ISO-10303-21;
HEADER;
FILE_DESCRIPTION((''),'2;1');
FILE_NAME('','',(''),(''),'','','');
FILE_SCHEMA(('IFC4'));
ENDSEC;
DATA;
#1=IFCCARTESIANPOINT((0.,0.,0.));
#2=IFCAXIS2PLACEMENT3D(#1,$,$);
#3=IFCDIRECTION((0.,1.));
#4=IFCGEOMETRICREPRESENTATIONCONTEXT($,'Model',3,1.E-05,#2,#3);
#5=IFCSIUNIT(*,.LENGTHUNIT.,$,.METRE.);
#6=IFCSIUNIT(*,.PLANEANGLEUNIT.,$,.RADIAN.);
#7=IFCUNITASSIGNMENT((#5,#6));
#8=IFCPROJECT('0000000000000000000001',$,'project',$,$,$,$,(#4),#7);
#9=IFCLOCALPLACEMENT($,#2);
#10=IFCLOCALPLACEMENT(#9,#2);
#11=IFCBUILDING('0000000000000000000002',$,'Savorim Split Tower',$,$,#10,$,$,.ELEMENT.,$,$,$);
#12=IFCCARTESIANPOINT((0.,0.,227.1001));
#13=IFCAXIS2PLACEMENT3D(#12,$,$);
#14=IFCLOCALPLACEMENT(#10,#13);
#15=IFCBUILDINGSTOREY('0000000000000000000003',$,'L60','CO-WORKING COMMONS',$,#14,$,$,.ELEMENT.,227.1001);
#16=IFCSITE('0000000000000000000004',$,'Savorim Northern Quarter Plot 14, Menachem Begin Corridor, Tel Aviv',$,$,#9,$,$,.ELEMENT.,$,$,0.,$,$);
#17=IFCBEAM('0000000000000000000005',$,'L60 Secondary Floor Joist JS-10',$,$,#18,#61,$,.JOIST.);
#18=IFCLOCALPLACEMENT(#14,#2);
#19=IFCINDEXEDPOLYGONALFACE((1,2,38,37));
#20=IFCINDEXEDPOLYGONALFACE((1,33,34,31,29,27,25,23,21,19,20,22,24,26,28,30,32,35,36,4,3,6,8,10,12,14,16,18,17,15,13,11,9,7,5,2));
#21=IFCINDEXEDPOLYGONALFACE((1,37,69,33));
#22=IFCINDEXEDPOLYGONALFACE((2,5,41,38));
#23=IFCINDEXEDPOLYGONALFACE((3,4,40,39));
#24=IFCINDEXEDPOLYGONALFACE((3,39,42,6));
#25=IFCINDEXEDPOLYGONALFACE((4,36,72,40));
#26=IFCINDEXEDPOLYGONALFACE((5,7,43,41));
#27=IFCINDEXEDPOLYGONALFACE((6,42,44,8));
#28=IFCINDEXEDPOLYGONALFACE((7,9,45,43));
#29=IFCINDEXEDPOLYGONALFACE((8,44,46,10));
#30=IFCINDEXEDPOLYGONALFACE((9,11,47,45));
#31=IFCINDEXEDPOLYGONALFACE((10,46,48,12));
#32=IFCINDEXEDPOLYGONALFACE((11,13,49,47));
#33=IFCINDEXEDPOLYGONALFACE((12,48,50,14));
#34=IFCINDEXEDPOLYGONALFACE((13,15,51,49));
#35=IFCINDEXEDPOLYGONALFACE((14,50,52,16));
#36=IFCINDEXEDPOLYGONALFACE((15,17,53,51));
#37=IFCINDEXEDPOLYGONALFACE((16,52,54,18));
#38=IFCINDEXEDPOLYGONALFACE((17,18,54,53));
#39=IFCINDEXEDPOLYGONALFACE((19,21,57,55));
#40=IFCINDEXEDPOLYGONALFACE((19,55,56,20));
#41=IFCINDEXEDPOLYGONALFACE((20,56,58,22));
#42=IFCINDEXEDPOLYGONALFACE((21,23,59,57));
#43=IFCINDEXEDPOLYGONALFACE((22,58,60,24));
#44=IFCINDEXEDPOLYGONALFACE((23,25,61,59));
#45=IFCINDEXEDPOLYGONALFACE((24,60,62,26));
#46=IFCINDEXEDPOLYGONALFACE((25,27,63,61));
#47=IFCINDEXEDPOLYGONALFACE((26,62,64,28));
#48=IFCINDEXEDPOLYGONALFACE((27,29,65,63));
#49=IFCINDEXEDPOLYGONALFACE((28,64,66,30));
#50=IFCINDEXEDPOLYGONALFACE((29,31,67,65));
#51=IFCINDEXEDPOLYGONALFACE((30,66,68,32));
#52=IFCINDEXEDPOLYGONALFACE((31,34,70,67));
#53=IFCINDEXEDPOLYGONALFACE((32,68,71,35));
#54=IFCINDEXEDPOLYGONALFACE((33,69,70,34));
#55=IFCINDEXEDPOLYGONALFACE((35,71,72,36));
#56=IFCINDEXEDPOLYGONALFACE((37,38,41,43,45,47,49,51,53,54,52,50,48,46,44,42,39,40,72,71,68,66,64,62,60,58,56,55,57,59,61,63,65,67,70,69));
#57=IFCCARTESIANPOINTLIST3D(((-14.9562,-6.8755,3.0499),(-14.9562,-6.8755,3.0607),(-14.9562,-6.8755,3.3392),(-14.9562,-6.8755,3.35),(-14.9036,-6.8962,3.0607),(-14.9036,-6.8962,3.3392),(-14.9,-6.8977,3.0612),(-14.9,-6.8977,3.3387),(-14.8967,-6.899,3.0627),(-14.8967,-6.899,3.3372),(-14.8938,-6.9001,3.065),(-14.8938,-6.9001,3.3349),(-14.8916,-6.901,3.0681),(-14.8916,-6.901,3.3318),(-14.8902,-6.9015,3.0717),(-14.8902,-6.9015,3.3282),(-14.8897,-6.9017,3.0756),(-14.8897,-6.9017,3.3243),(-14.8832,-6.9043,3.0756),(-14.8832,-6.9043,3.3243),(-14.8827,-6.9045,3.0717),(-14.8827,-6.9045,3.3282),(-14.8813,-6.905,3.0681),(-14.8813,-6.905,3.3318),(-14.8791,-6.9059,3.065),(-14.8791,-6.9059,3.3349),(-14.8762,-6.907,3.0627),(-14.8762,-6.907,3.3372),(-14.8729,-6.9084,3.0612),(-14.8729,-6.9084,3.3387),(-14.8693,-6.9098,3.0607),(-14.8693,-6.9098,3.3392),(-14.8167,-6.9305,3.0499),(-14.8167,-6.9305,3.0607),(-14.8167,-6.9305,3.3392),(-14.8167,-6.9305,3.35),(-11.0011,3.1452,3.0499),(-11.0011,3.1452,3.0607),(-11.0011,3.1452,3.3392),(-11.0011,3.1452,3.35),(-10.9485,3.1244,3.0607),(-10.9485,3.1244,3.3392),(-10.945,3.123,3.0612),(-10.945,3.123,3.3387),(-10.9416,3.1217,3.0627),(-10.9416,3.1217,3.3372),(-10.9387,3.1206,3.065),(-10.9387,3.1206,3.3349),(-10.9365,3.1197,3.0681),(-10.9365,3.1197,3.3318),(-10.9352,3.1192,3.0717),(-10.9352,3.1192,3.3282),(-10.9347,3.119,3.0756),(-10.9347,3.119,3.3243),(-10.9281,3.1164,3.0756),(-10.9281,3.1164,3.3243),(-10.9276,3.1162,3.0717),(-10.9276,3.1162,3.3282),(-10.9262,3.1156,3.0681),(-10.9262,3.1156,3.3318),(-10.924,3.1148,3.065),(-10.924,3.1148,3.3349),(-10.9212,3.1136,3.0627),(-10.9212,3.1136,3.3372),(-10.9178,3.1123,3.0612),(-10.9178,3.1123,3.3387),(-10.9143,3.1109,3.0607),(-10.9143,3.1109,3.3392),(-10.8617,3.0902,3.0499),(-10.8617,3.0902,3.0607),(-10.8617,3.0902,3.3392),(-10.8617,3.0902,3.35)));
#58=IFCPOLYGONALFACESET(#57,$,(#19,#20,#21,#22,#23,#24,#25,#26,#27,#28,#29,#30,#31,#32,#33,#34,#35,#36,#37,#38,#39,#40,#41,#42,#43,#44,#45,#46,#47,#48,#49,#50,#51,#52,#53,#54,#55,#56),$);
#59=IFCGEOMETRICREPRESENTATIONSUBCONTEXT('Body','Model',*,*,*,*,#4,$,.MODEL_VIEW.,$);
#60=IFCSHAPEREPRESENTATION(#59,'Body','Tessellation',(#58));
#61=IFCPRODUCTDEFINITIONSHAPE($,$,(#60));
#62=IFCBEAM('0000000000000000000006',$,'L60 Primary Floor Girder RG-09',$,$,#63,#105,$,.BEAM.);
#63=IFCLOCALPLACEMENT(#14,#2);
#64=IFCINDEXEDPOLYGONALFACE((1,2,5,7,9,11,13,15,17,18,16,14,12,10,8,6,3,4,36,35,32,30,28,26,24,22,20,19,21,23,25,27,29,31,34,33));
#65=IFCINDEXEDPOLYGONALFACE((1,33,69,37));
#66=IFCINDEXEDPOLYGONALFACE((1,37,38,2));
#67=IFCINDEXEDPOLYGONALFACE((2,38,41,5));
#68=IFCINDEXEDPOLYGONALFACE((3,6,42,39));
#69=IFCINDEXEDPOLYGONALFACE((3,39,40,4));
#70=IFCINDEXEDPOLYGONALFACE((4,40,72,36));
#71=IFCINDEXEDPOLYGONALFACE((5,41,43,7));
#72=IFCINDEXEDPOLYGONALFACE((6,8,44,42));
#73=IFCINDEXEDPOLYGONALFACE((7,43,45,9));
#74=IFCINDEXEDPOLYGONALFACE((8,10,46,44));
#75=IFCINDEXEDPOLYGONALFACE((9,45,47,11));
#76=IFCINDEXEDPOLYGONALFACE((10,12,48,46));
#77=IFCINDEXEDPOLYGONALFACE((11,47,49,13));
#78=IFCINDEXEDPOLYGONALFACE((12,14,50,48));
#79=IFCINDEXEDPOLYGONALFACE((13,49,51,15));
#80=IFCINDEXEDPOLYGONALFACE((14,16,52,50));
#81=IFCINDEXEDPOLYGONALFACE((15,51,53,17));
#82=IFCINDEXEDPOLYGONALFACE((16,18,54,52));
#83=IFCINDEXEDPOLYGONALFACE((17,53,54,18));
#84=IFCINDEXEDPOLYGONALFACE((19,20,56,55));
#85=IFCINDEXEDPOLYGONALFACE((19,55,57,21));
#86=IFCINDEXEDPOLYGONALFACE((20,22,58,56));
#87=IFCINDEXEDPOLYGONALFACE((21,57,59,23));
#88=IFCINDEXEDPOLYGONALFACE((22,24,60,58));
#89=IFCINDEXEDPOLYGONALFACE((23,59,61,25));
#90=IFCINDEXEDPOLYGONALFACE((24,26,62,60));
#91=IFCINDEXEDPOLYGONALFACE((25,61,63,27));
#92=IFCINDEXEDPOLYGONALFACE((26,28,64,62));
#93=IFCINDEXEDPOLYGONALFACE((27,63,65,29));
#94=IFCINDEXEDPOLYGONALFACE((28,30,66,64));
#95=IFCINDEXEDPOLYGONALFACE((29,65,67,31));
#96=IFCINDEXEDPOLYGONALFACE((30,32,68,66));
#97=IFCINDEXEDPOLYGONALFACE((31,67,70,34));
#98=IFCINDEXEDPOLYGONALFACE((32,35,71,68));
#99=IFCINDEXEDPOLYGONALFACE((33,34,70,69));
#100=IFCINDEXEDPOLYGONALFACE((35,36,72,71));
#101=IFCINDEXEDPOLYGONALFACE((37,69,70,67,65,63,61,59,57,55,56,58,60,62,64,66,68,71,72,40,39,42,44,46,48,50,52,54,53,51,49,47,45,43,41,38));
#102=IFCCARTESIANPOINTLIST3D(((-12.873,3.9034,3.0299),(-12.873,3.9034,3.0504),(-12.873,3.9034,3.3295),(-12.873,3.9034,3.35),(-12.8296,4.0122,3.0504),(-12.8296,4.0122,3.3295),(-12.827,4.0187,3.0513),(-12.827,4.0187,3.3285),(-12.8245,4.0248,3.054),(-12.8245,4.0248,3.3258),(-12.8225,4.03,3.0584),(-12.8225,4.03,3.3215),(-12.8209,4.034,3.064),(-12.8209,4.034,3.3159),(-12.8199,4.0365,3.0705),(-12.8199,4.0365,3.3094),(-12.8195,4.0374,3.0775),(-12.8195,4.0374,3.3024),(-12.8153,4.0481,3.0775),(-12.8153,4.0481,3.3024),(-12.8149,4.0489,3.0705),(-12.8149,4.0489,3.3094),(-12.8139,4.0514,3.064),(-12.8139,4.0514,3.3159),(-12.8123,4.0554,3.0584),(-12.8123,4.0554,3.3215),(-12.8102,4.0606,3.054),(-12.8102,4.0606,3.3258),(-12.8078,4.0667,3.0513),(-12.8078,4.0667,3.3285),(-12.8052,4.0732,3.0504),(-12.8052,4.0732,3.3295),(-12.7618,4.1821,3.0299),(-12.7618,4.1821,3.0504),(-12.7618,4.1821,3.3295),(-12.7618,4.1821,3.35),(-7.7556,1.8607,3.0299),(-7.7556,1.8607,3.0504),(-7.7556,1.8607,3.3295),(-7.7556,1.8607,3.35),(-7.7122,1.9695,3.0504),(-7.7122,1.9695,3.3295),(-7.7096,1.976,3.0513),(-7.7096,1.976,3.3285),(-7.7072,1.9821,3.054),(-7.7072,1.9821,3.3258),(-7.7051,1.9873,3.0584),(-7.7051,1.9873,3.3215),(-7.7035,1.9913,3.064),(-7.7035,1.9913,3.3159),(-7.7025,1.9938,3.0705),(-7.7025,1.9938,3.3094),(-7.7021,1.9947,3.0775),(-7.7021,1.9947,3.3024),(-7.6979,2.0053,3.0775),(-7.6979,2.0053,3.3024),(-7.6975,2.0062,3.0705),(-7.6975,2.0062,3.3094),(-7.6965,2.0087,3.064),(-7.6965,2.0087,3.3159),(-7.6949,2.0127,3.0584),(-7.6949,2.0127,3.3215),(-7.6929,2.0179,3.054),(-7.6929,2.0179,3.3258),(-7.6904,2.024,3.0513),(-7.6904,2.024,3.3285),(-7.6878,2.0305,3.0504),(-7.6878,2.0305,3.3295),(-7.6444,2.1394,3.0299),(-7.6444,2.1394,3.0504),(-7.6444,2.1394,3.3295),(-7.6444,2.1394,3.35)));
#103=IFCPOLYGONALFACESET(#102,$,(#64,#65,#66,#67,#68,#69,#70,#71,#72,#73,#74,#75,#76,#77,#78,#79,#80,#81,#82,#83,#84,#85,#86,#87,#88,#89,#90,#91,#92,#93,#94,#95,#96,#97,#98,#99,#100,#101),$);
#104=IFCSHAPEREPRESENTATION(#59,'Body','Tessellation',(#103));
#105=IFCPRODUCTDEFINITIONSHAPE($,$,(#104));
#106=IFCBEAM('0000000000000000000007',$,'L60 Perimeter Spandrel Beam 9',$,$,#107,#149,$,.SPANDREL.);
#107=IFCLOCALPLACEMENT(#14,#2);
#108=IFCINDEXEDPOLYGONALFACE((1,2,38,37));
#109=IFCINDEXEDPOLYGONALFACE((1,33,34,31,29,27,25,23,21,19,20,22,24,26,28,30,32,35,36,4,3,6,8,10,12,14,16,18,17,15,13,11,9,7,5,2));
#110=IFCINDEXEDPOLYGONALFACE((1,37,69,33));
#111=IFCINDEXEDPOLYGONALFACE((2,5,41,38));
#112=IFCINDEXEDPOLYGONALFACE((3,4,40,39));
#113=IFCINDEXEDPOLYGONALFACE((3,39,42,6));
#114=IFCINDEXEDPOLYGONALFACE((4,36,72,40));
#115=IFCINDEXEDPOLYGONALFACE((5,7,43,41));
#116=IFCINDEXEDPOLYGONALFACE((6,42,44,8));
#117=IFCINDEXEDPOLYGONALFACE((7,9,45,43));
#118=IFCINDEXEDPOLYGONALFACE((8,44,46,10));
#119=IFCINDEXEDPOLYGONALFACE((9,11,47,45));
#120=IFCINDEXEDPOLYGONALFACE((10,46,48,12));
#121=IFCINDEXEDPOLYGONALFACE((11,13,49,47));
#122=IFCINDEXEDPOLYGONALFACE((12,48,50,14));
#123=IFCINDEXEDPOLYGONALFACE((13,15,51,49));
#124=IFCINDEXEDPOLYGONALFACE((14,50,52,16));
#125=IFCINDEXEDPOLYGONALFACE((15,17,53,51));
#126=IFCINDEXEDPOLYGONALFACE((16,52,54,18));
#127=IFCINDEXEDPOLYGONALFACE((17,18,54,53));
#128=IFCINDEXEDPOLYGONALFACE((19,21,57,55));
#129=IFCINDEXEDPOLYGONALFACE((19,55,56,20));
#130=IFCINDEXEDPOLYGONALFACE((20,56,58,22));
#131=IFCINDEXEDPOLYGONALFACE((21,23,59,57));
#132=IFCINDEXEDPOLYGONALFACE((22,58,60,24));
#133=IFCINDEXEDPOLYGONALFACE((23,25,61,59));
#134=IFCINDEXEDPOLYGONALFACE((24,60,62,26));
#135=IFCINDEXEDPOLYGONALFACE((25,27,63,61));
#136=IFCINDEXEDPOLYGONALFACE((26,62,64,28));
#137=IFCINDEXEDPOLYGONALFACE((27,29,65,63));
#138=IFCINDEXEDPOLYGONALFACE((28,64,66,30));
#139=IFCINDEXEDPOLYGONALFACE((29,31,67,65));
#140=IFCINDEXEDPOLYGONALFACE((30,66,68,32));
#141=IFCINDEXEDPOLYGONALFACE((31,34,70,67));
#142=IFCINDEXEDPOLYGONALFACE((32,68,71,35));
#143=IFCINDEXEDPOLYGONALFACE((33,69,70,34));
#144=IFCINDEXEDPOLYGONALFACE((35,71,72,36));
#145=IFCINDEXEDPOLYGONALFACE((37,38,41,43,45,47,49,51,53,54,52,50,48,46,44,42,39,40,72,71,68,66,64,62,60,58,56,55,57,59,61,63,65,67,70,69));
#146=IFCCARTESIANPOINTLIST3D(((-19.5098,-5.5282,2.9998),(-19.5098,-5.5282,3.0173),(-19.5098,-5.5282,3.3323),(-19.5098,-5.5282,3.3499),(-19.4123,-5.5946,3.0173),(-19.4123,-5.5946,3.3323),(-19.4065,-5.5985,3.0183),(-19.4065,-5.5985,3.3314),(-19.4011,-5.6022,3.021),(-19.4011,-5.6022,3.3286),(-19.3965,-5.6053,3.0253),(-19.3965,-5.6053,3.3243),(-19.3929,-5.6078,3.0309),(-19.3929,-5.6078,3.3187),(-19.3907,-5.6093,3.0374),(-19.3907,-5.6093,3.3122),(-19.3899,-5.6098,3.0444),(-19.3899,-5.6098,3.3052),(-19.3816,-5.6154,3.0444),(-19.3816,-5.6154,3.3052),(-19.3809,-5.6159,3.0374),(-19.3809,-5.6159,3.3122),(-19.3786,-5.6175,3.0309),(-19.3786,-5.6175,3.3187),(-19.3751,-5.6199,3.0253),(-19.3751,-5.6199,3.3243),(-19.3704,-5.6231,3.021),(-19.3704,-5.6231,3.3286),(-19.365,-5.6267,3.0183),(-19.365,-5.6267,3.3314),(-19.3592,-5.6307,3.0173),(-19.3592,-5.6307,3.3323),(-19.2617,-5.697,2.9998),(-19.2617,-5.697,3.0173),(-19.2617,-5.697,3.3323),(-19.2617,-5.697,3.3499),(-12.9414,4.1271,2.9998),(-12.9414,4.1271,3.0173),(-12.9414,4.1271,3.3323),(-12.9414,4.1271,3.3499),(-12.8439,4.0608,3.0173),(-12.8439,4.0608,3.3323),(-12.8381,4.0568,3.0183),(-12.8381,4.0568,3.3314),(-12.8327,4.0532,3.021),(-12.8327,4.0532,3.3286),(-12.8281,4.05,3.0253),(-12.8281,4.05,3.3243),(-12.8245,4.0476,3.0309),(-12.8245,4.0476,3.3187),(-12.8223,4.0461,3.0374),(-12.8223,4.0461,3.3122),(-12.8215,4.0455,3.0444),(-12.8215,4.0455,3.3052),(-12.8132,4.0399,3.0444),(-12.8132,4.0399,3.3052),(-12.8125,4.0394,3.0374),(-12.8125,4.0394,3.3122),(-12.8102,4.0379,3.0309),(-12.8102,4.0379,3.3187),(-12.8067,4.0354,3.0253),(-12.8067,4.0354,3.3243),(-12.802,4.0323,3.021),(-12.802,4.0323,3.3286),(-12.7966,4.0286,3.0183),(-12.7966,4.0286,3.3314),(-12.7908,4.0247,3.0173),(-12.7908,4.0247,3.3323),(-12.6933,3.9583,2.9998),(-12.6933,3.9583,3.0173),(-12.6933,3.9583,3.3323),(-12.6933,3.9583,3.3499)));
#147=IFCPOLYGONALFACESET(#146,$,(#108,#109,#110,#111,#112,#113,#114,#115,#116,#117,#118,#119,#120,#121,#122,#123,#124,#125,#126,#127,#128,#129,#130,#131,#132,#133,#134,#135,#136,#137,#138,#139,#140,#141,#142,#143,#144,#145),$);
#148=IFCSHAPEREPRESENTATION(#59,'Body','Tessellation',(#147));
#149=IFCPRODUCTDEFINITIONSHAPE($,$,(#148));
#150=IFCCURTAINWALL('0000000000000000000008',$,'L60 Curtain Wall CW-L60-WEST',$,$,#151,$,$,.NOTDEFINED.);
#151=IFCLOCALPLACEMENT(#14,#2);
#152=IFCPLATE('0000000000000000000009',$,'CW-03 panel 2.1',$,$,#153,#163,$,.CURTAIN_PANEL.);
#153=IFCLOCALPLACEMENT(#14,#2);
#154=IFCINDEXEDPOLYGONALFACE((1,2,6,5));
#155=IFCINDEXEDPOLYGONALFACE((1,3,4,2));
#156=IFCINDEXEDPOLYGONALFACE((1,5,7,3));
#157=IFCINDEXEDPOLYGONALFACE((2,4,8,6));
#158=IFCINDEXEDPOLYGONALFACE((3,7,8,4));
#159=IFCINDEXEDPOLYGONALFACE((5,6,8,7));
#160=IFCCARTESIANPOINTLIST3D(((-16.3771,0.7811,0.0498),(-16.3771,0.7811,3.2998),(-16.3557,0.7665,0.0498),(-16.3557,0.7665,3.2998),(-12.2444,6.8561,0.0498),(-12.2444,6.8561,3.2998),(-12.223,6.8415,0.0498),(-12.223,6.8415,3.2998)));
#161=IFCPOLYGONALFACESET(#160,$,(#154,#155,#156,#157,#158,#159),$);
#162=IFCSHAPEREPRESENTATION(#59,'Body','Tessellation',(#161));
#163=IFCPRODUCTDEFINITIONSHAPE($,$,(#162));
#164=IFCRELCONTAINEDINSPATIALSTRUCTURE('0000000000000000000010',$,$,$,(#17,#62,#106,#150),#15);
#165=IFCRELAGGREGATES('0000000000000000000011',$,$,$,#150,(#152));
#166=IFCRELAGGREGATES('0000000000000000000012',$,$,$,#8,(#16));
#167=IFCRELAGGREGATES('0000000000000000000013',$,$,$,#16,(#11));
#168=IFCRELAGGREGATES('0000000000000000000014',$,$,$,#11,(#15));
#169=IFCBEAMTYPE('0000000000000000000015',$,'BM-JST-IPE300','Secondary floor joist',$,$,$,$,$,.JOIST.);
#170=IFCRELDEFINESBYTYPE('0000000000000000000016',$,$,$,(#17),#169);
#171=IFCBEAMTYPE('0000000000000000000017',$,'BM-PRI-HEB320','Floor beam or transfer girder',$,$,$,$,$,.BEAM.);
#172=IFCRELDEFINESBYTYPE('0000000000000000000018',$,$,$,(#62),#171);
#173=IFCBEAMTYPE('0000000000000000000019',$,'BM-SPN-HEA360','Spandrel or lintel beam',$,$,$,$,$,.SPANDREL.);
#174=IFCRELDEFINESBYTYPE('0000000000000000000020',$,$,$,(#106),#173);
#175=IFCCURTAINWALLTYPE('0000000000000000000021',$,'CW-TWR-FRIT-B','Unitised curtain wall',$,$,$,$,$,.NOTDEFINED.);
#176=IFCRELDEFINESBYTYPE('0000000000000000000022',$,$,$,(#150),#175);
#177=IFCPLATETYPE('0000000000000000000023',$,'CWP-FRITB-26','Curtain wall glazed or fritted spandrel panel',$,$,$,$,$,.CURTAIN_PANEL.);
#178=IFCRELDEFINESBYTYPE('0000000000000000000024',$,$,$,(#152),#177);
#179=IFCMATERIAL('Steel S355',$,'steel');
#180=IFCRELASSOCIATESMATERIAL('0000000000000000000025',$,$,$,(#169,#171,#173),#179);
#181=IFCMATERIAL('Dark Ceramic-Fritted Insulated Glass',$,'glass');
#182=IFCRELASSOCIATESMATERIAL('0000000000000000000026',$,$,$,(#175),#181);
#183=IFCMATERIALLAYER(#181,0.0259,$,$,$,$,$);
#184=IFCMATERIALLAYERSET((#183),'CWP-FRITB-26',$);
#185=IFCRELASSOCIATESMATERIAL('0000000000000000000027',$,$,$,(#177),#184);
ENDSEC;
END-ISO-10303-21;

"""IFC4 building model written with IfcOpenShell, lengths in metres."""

from ifc_helpers import new_model, si_unit, direction, frame, origin, origin_2d, place, context, subcontext, project, spatial, rectangle, i_section, extrude, material, layer, layer_set, material_profile, profile_set, type_object, element, aggregate, save


model = new_model("IFC4")

# Units and contexts
model_context = context("Model", 3, precision=1e-05, world=origin(), true_north=direction((0.0, 1.0)))
body_context = subcontext(model_context, "Body", "Model", "MODEL_VIEW")
ifc_project = project(units=[si_unit("LENGTHUNIT", "METRE"), si_unit("PLANEANGLEUNIT", "RADIAN")], contexts=[model_context])

# Site, building, storey
site_placement = place(None, origin())
site = spatial("IfcSite", under=ifc_project, at=site_placement, Name="Savorim Northern Quarter Plot 14, Menachem Begin Corridor, Tel Aviv", CompositionType="ELEMENT", RefElevation=0.0)
building_placement = place(site_placement, origin())
building = spatial("IfcBuilding", under=site, at=building_placement, Name="Savorim Split Tower", CompositionType="ELEMENT")
storey_placement = place(building_placement, frame((0.0, 0.0, 227.1001)))
storey = spatial("IfcBuildingStorey", under=building, at=storey_placement, Name="L60", Description="CO-WORKING COMMONS", CompositionType="ELEMENT", Elevation=227.1001)

# Shared definitions
ifc_material_1 = material(Name="Steel S355", Category="steel")

# Beams
ifc_material_profile_1 = material_profile(ifc_material_1, i_section(OverallWidth=0.1499, OverallDepth=0.3, WebThickness=0.0071, FlangeThickness=0.0107, FilletRadius=0.0149, at=origin_2d()), Name="IPE 300")
ifc_profile_set_1 = profile_set([ifc_material_profile_1], Name="Steel S355")
beam_type_1 = type_object("IfcBeamType", Name="BM-JST-IPE300", Description="Secondary floor joist", PredefinedType="JOIST", material=ifc_profile_set_1)
beam_1_placement = place(storey_placement, frame((-10.9314, 3.1177, 3.2), z_axis=(-0.367128, -0.93017, 0.0), x_axis=(0.93017, -0.367128, 0.0)))
element("IfcBeam", 1, at=beam_1_placement, inside=storey, type_object=beam_type_1, Name="L60 Secondary Floor Joist JS-10", PredefinedType="JOIST", context=body_context, shape_type="SweptSolid", body=[
    extrude(i_section(OverallWidth=0.1499, OverallDepth=0.3, WebThickness=0.0071, FlangeThickness=0.0107, FilletRadius=0.0149, at=origin_2d()), origin(), (0.0, 0.0, 1.0), 10.7729),
])
ifc_material_profile_2 = material_profile(ifc_material_1, i_section(OverallWidth=0.3, OverallDepth=0.3201, WebThickness=0.0115, FlangeThickness=0.0205, FilletRadius=0.0271, at=origin_2d()), Name="HEB 320")
ifc_profile_set_2 = profile_set([ifc_material_profile_2], Name="Steel S355")
beam_type_2 = type_object("IfcBeamType", Name="BM-PRI-HEB320", Description="Floor beam or transfer girder", PredefinedType="BEAM", material=ifc_profile_set_2)
beam_2_placement = place(storey_placement, frame((-12.8174, 4.0427, 3.1899), z_axis=(0.928742, -0.370726, 0.0), x_axis=(0.370726, 0.928742, 0.0)))
element("IfcBeam", 2, at=beam_2_placement, inside=storey, type_object=beam_type_2, Name="L60 Primary Floor Girder RG-09", PredefinedType="BEAM", context=body_context, shape_type="SweptSolid", body=[
    extrude(i_section(OverallWidth=0.3, OverallDepth=0.3201, WebThickness=0.0115, FlangeThickness=0.0205, FilletRadius=0.0271, at=origin_2d()), origin(), (0.0, 0.0, 1.0), 5.51),
])
ifc_material_profile_3 = material_profile(ifc_material_1, i_section(OverallWidth=0.3, OverallDepth=0.3501, WebThickness=0.01, FlangeThickness=0.0176, FilletRadius=0.0271, at=origin_2d()), Name="HEA 360")
ifc_profile_set_3 = profile_set([ifc_material_profile_3], Name="Steel S355")
beam_type_3 = type_object("IfcBeamType", Name="BM-SPN-HEA360", Description="Spandrel or lintel beam", PredefinedType="SPANDREL", material=ifc_profile_set_3)
beam_3_placement = place(storey_placement, frame((-12.8174, 4.0427, 3.1748), z_axis=(-0.562472, -0.826816, 0.0), x_axis=(0.826816, -0.562472, 0.0)))
element("IfcBeam", 3, at=beam_3_placement, inside=storey, type_object=beam_type_3, Name="L60 Perimeter Spandrel Beam 9", PredefinedType="SPANDREL", context=body_context, shape_type="SweptSolid", body=[
    extrude(i_section(OverallWidth=0.3, OverallDepth=0.3501, WebThickness=0.01, FlangeThickness=0.0176, FilletRadius=0.0271, at=origin_2d()), origin(), (0.0, 0.0, 1.0), 11.6777),
])

# Curtain wall, plate
ifc_material_2 = material(Name="Dark Ceramic-Fritted Insulated Glass", Category="glass")
curtain_wall_type = type_object("IfcCurtainWallType", Name="CW-TWR-FRIT-B", Description="Unitised curtain wall", PredefinedType="NOTDEFINED", material=ifc_material_2)
curtain_wall_placement = place(storey_placement, origin())
curtain_wall = element("IfcCurtainWall", 4, at=curtain_wall_placement, inside=storey, type_object=curtain_wall_type, Name="L60 Curtain Wall CW-L60-WEST", PredefinedType="NOTDEFINED")
ifc_layer_1 = layer(ifc_material_2, 0.0259)
ifc_layer_set_1 = layer_set([ifc_layer_1], Name="CWP-FRITB-26")
plate_type = type_object("IfcPlateType", Name="CWP-FRITB-26", Description="Curtain wall glazed or fritted spandrel panel", PredefinedType="CURTAIN_PANEL", material=ifc_layer_set_1)
plate_placement = place(storey_placement, frame((-14.3, 3.8113, 0.0498), z_axis=(0.0, 0.0, 1.0), x_axis=(-0.562467, -0.82682, 0.0)))
plate = element("IfcPlate", 5, at=plate_placement, type_object=plate_type, Name="CW-03 panel 2.1", PredefinedType="CURTAIN_PANEL", context=body_context, shape_type="SweptSolid", body=[
    extrude(rectangle(XDim=7.3474, YDim=0.0259, at=origin_2d()), origin(), (0.0, 0.0, 1.0), 3.25),
])
aggregate(curtain_wall, [plate])

save(model, "model.ifc")
